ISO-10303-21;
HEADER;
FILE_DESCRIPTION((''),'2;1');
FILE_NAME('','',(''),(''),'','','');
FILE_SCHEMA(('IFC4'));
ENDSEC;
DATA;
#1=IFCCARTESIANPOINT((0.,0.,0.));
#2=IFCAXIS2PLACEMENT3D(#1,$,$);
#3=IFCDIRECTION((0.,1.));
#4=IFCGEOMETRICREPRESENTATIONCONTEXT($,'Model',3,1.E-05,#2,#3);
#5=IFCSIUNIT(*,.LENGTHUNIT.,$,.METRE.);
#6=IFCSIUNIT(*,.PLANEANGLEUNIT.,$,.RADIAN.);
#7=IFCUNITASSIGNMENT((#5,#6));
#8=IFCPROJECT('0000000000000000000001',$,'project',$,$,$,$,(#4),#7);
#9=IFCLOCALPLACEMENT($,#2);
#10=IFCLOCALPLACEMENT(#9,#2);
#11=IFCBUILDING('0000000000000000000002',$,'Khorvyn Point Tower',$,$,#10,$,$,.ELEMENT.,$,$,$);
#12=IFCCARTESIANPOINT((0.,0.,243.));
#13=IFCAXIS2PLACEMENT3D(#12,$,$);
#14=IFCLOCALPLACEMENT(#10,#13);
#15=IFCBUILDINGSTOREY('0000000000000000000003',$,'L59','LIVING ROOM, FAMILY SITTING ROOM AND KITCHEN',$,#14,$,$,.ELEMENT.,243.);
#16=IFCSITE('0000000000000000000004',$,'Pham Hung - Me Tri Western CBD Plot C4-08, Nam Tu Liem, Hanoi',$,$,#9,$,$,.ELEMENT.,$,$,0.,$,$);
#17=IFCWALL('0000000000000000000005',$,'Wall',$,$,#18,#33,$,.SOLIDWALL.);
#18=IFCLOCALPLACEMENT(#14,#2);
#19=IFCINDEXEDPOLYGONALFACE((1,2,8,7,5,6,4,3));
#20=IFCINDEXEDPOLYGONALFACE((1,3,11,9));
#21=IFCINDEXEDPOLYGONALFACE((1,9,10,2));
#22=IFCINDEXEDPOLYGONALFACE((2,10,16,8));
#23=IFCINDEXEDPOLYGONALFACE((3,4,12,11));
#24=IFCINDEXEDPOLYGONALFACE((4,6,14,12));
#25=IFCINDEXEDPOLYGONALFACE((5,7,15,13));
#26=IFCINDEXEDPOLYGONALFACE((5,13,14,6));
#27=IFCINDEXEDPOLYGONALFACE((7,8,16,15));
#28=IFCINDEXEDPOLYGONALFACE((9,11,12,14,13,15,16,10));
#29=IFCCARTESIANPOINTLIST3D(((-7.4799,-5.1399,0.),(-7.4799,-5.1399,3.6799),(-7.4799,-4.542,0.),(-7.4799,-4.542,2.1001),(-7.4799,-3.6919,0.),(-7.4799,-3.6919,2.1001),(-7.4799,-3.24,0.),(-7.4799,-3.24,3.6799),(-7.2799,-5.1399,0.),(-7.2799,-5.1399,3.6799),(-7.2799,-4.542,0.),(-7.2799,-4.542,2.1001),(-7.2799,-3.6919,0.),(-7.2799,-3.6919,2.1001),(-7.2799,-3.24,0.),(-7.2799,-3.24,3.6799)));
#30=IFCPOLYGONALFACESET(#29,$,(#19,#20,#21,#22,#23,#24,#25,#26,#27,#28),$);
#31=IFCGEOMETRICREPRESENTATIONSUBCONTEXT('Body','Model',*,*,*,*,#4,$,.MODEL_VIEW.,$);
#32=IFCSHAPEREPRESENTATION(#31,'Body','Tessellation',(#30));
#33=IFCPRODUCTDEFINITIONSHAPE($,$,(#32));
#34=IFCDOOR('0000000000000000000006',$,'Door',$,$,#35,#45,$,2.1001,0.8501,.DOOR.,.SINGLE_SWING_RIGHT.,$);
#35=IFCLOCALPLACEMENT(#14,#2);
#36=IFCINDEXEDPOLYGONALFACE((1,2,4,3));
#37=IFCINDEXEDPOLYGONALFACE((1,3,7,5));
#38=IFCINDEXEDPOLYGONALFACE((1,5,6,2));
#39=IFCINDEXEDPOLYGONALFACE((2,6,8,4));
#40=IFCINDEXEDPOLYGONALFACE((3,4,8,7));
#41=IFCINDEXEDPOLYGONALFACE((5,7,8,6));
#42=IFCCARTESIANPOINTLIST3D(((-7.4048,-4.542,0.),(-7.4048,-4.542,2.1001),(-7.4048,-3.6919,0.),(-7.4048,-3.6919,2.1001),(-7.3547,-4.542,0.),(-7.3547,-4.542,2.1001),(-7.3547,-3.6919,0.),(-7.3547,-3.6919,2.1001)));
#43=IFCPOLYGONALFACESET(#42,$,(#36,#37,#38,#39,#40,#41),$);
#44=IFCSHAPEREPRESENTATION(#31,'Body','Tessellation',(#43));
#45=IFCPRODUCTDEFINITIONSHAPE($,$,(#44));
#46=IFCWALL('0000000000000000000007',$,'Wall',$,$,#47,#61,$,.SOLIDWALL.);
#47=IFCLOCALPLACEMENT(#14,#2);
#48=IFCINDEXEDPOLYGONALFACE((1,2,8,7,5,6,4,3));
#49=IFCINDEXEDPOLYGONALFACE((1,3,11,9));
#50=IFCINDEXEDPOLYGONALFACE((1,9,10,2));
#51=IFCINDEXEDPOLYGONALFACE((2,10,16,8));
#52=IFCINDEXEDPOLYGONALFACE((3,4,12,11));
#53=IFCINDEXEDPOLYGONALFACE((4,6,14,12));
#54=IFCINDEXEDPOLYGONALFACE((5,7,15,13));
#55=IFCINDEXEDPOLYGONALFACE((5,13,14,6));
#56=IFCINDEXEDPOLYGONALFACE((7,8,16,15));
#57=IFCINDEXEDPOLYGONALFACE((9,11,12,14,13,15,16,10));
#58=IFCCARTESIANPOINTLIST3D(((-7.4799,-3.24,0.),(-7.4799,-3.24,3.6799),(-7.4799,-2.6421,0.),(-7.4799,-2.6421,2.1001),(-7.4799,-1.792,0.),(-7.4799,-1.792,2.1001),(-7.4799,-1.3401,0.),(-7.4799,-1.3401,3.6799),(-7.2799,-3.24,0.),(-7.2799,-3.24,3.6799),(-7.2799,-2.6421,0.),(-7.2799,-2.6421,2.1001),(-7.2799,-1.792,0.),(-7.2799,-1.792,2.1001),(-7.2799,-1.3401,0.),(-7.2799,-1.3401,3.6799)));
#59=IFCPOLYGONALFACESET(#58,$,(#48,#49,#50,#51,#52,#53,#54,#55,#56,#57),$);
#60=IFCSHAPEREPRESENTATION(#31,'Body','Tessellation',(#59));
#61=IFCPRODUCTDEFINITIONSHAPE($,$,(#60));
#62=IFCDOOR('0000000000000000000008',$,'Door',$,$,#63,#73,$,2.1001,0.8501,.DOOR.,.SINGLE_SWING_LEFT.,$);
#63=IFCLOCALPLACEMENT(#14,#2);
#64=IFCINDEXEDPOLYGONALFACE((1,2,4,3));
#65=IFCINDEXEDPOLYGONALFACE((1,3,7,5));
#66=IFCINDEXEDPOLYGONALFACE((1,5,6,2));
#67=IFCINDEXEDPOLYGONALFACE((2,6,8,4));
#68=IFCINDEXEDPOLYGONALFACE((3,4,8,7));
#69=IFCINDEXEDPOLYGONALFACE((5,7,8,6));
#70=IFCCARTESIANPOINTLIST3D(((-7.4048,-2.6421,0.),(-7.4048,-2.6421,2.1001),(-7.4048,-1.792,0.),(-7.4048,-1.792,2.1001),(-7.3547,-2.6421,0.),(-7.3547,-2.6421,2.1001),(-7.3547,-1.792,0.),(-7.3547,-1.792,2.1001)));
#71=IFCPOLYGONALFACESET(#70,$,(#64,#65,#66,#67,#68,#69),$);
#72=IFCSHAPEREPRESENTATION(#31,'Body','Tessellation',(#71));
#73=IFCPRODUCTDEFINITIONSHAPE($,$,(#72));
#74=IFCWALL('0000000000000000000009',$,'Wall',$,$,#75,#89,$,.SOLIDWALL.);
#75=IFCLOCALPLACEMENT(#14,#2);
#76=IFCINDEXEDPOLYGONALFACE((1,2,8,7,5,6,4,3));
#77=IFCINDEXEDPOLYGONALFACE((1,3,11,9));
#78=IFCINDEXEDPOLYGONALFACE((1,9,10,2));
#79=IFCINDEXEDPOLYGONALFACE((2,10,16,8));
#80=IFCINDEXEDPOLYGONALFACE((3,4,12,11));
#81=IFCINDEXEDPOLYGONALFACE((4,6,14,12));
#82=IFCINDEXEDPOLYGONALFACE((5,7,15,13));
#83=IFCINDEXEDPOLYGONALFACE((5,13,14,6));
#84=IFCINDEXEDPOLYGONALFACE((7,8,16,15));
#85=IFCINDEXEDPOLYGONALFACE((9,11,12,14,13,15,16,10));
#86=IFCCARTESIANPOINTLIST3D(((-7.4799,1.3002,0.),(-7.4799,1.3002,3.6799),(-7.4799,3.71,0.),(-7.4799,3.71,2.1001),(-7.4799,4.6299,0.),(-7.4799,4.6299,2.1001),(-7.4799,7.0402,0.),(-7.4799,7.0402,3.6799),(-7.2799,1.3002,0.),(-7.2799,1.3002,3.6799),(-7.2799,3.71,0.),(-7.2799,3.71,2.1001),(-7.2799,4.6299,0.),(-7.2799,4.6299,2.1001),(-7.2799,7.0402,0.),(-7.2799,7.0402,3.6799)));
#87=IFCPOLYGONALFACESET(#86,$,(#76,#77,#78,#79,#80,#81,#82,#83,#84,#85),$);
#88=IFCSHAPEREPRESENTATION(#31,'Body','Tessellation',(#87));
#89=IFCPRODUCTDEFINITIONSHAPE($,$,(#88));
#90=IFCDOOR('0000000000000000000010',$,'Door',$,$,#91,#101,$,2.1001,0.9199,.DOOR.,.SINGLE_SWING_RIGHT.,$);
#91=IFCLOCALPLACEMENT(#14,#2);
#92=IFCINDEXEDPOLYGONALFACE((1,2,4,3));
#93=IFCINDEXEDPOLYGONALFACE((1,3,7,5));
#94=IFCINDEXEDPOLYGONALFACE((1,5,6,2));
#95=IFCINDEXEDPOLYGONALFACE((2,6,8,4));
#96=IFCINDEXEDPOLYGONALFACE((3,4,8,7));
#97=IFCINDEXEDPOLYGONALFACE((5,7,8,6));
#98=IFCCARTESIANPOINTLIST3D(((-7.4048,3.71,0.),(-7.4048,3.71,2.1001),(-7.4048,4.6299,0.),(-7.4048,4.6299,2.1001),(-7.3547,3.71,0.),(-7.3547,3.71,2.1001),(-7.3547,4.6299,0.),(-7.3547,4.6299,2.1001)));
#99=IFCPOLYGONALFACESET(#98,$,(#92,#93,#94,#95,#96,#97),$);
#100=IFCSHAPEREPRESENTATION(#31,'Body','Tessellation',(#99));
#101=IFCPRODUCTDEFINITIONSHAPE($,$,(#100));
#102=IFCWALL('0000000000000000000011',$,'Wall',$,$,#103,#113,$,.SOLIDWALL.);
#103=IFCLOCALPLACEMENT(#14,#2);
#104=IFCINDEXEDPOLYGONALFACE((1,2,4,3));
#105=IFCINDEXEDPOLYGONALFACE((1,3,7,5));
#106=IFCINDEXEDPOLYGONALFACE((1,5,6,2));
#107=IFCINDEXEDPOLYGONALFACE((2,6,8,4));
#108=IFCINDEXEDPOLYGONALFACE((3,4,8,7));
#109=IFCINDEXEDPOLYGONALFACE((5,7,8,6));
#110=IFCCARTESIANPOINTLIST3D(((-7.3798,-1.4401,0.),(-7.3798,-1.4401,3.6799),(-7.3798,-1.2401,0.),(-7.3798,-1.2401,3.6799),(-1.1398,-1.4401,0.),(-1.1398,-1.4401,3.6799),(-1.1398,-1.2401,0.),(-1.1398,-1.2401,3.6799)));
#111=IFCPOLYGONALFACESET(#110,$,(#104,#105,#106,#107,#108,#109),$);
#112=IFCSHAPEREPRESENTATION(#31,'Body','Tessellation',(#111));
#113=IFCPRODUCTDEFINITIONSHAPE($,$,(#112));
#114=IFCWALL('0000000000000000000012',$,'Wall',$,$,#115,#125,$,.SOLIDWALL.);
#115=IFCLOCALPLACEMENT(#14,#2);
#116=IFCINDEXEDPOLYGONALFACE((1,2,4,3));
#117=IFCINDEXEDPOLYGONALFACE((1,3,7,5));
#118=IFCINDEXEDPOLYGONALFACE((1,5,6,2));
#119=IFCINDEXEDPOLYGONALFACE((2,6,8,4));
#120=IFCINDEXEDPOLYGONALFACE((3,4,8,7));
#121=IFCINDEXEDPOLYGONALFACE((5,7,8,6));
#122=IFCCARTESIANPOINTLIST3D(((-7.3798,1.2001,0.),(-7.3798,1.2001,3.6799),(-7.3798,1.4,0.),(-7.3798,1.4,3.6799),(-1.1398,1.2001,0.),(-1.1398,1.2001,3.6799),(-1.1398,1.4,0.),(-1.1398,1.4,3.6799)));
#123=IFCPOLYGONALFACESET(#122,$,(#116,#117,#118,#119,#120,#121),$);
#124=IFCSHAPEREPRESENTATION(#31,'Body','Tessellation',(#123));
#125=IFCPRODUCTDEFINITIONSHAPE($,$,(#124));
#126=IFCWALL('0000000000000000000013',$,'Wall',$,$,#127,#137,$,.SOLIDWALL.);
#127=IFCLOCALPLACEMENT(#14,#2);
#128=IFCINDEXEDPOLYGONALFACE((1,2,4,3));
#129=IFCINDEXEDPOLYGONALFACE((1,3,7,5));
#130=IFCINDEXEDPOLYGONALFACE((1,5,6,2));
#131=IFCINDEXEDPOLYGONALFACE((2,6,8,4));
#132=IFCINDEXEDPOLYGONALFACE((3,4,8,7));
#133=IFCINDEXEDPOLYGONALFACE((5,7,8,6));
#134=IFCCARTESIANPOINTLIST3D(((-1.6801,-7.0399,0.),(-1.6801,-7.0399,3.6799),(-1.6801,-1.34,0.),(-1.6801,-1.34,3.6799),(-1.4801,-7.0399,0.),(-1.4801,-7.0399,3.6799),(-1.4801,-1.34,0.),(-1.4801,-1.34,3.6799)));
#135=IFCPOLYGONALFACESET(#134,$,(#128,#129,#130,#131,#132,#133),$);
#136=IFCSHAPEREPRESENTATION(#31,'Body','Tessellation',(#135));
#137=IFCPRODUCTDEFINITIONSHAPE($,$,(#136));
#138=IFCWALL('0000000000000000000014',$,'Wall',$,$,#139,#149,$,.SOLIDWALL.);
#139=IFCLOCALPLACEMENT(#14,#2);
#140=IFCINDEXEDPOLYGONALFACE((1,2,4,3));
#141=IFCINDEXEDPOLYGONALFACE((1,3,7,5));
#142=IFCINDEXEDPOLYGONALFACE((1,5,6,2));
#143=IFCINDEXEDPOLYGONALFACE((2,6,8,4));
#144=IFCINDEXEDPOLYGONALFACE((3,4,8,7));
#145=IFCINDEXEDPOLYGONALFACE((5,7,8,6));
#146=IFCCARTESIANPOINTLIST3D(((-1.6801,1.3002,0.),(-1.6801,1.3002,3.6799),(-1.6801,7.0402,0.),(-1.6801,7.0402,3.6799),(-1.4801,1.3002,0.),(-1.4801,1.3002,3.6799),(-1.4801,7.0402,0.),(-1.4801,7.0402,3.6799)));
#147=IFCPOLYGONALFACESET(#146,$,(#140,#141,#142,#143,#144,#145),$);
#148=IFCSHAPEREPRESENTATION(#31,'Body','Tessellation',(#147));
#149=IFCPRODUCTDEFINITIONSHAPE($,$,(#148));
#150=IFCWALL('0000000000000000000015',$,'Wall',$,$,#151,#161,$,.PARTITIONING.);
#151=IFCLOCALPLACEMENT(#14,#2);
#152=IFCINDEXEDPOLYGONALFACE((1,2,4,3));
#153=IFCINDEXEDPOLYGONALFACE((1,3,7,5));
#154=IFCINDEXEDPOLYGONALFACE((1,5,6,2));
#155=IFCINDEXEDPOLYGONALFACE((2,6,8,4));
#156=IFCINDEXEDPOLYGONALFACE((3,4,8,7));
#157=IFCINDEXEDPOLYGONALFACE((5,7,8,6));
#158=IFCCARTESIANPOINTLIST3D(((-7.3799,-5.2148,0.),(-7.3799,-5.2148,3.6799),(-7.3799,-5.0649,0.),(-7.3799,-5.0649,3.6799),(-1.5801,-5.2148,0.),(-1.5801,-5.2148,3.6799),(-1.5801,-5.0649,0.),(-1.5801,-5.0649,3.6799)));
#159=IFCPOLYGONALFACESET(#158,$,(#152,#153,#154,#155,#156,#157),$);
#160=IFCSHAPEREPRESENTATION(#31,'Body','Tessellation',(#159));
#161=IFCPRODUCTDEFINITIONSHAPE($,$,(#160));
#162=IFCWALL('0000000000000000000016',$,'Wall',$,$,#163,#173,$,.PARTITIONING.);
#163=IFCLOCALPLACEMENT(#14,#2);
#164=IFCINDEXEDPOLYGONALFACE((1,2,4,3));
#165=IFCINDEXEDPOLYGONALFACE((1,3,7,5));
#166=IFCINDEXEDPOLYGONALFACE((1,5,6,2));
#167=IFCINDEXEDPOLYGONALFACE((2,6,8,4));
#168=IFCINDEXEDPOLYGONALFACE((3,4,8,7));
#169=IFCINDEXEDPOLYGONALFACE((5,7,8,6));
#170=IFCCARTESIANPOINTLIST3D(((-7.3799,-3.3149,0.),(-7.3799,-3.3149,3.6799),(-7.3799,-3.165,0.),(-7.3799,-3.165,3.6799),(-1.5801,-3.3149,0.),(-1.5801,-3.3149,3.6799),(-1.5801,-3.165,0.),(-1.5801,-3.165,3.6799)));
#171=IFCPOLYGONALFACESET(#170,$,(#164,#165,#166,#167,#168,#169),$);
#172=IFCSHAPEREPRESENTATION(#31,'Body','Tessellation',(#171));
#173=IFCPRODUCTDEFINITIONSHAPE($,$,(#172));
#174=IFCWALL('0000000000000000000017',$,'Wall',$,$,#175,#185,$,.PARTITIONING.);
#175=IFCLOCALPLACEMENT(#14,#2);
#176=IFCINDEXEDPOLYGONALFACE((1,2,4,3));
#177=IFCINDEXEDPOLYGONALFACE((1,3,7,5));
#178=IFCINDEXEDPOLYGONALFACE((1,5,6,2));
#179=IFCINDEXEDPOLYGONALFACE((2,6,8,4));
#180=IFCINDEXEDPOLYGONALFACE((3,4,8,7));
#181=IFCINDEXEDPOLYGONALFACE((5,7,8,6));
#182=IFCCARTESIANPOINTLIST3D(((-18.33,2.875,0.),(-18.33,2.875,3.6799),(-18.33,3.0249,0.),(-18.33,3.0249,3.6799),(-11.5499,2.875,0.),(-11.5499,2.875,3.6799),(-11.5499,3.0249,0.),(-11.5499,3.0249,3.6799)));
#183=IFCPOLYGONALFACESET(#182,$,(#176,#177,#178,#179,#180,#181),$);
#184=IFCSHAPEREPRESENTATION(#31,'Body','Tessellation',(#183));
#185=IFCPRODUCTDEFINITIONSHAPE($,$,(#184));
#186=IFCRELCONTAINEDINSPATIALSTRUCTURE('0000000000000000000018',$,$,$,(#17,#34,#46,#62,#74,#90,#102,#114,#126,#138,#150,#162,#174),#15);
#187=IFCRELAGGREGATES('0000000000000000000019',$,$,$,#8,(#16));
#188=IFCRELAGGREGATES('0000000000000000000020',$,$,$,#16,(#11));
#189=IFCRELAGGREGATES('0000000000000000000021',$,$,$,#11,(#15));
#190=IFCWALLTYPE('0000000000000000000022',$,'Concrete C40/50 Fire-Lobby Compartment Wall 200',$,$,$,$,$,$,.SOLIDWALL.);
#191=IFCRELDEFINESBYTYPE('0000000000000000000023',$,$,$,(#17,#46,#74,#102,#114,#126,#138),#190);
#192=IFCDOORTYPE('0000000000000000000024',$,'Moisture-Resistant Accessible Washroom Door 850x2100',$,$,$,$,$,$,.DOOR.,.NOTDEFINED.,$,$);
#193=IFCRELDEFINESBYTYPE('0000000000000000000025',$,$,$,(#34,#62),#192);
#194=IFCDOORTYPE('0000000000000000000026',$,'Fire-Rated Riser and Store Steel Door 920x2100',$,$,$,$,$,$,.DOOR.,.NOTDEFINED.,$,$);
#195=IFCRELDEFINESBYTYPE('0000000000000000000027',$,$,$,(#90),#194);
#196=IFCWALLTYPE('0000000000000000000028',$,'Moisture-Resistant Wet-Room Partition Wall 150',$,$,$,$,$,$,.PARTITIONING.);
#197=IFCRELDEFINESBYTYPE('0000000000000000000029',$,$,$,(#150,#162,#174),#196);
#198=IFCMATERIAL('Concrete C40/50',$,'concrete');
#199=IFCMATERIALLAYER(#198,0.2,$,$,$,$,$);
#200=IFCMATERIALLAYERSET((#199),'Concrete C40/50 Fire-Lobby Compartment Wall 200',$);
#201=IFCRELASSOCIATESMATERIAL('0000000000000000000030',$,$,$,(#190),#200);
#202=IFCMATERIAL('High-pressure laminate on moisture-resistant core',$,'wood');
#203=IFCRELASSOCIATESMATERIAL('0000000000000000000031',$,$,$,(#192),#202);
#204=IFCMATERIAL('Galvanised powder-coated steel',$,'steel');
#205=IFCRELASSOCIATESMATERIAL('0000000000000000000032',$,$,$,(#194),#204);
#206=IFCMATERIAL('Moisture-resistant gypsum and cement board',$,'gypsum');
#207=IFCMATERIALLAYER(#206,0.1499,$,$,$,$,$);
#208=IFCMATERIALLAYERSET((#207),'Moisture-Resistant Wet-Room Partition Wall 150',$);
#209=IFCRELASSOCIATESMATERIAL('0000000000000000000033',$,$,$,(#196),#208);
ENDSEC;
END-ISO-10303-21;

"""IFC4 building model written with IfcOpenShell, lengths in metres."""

from ifc_helpers import new_model, si_unit, direction, frame, frame_2d, origin, place, context, subcontext, project, spatial, rectangle, extrude, material, layer, layer_set, type_object, element, fill, save


model = new_model("IFC4")

# Units and contexts
model_context = context("Model", 3, precision=1e-05, world=origin(), true_north=direction((0.0, 1.0)))
body_context = subcontext(model_context, "Body", "Model", "MODEL_VIEW")
ifc_project = project(units=[si_unit("LENGTHUNIT", "METRE"), si_unit("PLANEANGLEUNIT", "RADIAN")], contexts=[model_context])

# Site, building, storey
site_placement = place(None, origin())
site = spatial("IfcSite", under=ifc_project, at=site_placement, Name="Pham Hung - Me Tri Western CBD Plot C4-08, Nam Tu Liem, Hanoi", CompositionType="ELEMENT", RefElevation=0.0)
building_placement = place(site_placement, origin())
building = spatial("IfcBuilding", under=site, at=building_placement, Name="Khorvyn Point Tower", CompositionType="ELEMENT")
storey_placement = place(building_placement, frame((0.0, 0.0, 243.0)))
storey = spatial("IfcBuildingStorey", under=building, at=storey_placement, Name="L59", Description="LIVING ROOM, FAMILY SITTING ROOM AND KITCHEN", CompositionType="ELEMENT", Elevation=243.0)

# Shared definitions
ifc_material_1 = material(Name="Concrete C40/50", Category="concrete")

# Walls, openings, doors
ifc_layer_1 = layer(ifc_material_1, 0.2)
ifc_layer_set_1 = layer_set([ifc_layer_1], Name="Concrete C40/50 Fire-Lobby Compartment Wall 200")
wall_type_1 = type_object("IfcWallType", Name="Concrete C40/50 Fire-Lobby Compartment Wall 200", PredefinedType="SOLIDWALL", material=ifc_layer_set_1)
wall_1_placement = place(storey_placement, frame((-7.3799, -5.1399, 0.0), z_axis=(0.0, 0.0, 1.0), x_axis=(0.0, 1.0, 0.0)))
wall_1 = element("IfcWall", 1, at=wall_1_placement, inside=storey, type_object=wall_type_1, Name="Wall", PredefinedType="SOLIDWALL", context=body_context, shape_type="SweptSolid", body=[
    extrude(rectangle(XDim=1.8999, YDim=0.2, at=frame_2d((0.95, 0.0))), origin(), (0.0, 0.0, 1.0), 3.6799),
])
opening_1_placement = place(wall_1_placement, frame((0.5979, 0.0, 0.0)))
opening_1 = element("IfcOpeningElement", 2, at=opening_1_placement, cuts=wall_1, PredefinedType="OPENING", context=body_context, shape_type="SweptSolid", body=[
    extrude(rectangle(XDim=0.8501, YDim=2.1001, at=frame_2d((0.425, 1.05))), frame((0.0, 0.1099, 0.0), z_axis=(0.0, -1.0, 0.0), x_axis=(1.0, 0.0, 0.0)), (0.0, 0.0, 1.0), 0.22),
])
ifc_material_2 = material(Name="High-pressure laminate on moisture-resistant core", Category="wood")
door_type_1 = type_object("IfcDoorType", Name="Moisture-Resistant Accessible Washroom Door 850x2100", OperationType="NOTDEFINED", PredefinedType="DOOR", material=ifc_material_2)
door_1_placement = place(opening_1_placement, origin())
door_1 = element("IfcDoor", 3, at=door_1_placement, inside=storey, type_object=door_type_1, Name="Door", OperationType="SINGLE_SWING_RIGHT", OverallHeight=2.1001, OverallWidth=0.8501, PredefinedType="DOOR", context=body_context, shape_type="SweptSolid", body=[
    extrude(rectangle(XDim=0.8501, YDim=2.1001, at=frame_2d((0.425, 1.05))), frame((0.0, 0.0249, 0.0), z_axis=(0.0, -1.0, 0.0), x_axis=(1.0, 0.0, 0.0)), (0.0, 0.0, 1.0), 0.05),
])
fill(opening_1, door_1)
wall_2_placement = place(storey_placement, frame((-7.3799, -3.24, 0.0), z_axis=(0.0, 0.0, 1.0), x_axis=(0.0, 1.0, 0.0)))
wall_2 = element("IfcWall", 4, at=wall_2_placement, inside=storey, type_object=wall_type_1, Name="Wall", PredefinedType="SOLIDWALL", context=body_context, shape_type="SweptSolid", body=[
    extrude(rectangle(XDim=1.8999, YDim=0.2, at=frame_2d((0.95, 0.0))), origin(), (0.0, 0.0, 1.0), 3.6799),
])
opening_2_placement = place(wall_2_placement, frame((0.5979, 0.0, 0.0)))
opening_2 = element("IfcOpeningElement", 5, at=opening_2_placement, cuts=wall_2, PredefinedType="OPENING", context=body_context, shape_type="SweptSolid", body=[
    extrude(rectangle(XDim=0.8501, YDim=2.1001, at=frame_2d((0.425, 1.05))), frame((0.0, 0.1099, 0.0), z_axis=(0.0, -1.0, 0.0), x_axis=(1.0, 0.0, 0.0)), (0.0, 0.0, 1.0), 0.22),
])
door_2_placement = place(opening_2_placement, origin())
door_2 = element("IfcDoor", 6, at=door_2_placement, inside=storey, type_object=door_type_1, Name="Door", OperationType="SINGLE_SWING_LEFT", OverallHeight=2.1001, OverallWidth=0.8501, PredefinedType="DOOR", context=body_context, shape_type="SweptSolid", body=[
    extrude(rectangle(XDim=0.8501, YDim=2.1001, at=frame_2d((0.425, 1.05))), frame((0.0, 0.0249, 0.0), z_axis=(0.0, -1.0, 0.0), x_axis=(1.0, 0.0, 0.0)), (0.0, 0.0, 1.0), 0.05),
])
fill(opening_2, door_2)
wall_3_placement = place(storey_placement, frame((-7.3799, 1.3, 0.0), z_axis=(0.0, 0.0, 1.0), x_axis=(0.0, 1.0, 0.0)))
wall_3 = element("IfcWall", 7, at=wall_3_placement, inside=storey, type_object=wall_type_1, Name="Wall", PredefinedType="SOLIDWALL", context=body_context, shape_type="SweptSolid", body=[
    extrude(rectangle(XDim=5.74, YDim=0.2, at=frame_2d((2.8701, 0.0))), origin(), (0.0, 0.0, 1.0), 3.6799),
])
opening_3_placement = place(wall_3_placement, frame((2.4099, 0.0, 0.0)))
opening_3 = element("IfcOpeningElement", 8, at=opening_3_placement, cuts=wall_3, PredefinedType="OPENING", context=body_context, shape_type="SweptSolid", body=[
    extrude(rectangle(XDim=0.9199, YDim=2.1001, at=frame_2d((0.46, 1.05))), frame((0.0, 0.1099, 0.0), z_axis=(0.0, -1.0, 0.0), x_axis=(1.0, 0.0, 0.0)), (0.0, 0.0, 1.0), 0.22),
])
ifc_material_3 = material(Name="Galvanised powder-coated steel", Category="steel")
door_type_2 = type_object("IfcDoorType", Name="Fire-Rated Riser and Store Steel Door 920x2100", OperationType="NOTDEFINED", PredefinedType="DOOR", material=ifc_material_3)
door_3_placement = place(opening_3_placement, origin())
door_3 = element("IfcDoor", 9, at=door_3_placement, inside=storey, type_object=door_type_2, Name="Door", OperationType="SINGLE_SWING_RIGHT", OverallHeight=2.1001, OverallWidth=0.9199, PredefinedType="DOOR", context=body_context, shape_type="SweptSolid", body=[
    extrude(rectangle(XDim=0.9199, YDim=2.1001, at=frame_2d((0.46, 1.05))), frame((0.0, 0.0249, 0.0), z_axis=(0.0, -1.0, 0.0), x_axis=(1.0, 0.0, 0.0)), (0.0, 0.0, 1.0), 0.05),
])
fill(opening_3, door_3)

# Walls
for number, where, z_axis, x_axis, name in (
    (10, (-7.3799, -1.3401, 0.0), (0.0, 0.0, 1.0), (1.0, 0.0, 0.0), "Wall"),
    (11, (-7.3799, 1.3, 0.0), (0.0, 0.0, 1.0), (1.0, 0.0, 0.0), "Wall"),
):
    element("IfcWall", number, at=place(storey_placement, frame(where, z_axis=z_axis, x_axis=x_axis)), inside=storey, type_object=wall_type_1, Name=name, PredefinedType="SOLIDWALL", context=body_context, shape_type="SweptSolid", body=[
        extrude(rectangle(XDim=6.24, YDim=0.2, at=frame_2d((3.1201, 0.0))), origin(), (0.0, 0.0, 1.0), 3.6799),
    ])
wall_4_placement = place(storey_placement, frame((-1.5801, -7.04, 0.0), z_axis=(0.0, 0.0, 1.0), x_axis=(0.0, 1.0, 0.0)))
element("IfcWall", 12, at=wall_4_placement, inside=storey, type_object=wall_type_1, Name="Wall", PredefinedType="SOLIDWALL", context=body_context, shape_type="SweptSolid", body=[
    extrude(rectangle(XDim=5.7, YDim=0.2, at=frame_2d((2.8501, 0.0))), origin(), (0.0, 0.0, 1.0), 3.6799),
])
wall_5_placement = place(storey_placement, frame((-1.5801, 1.3, 0.0), z_axis=(0.0, 0.0, 1.0), x_axis=(0.0, 1.0, 0.0)))
element("IfcWall", 13, at=wall_5_placement, inside=storey, type_object=wall_type_1, Name="Wall", PredefinedType="SOLIDWALL", context=body_context, shape_type="SweptSolid", body=[
    extrude(rectangle(XDim=5.74, YDim=0.2, at=frame_2d((2.8701, 0.0))), origin(), (0.0, 0.0, 1.0), 3.6799),
])
ifc_material_4 = material(Name="Moisture-resistant gypsum and cement board", Category="gypsum")
ifc_layer_2 = layer(ifc_material_4, 0.1499)
ifc_layer_set_2 = layer_set([ifc_layer_2], Name="Moisture-Resistant Wet-Room Partition Wall 150")
wall_type_2 = type_object("IfcWallType", Name="Moisture-Resistant Wet-Room Partition Wall 150", PredefinedType="PARTITIONING", material=ifc_layer_set_2)
for number, where, z_axis, x_axis, name in (
    (14, (-7.3799, -5.1399, 0.0), (0.0, 0.0, 1.0), (1.0, 0.0, 0.0), "Wall"),
    (15, (-7.3799, -3.24, 0.0), (0.0, 0.0, 1.0), (1.0, 0.0, 0.0), "Wall"),
):
    element("IfcWall", number, at=place(storey_placement, frame(where, z_axis=z_axis, x_axis=x_axis)), inside=storey, type_object=wall_type_2, Name=name, PredefinedType="PARTITIONING", context=body_context, shape_type="SweptSolid", body=[
        extrude(rectangle(XDim=5.7998, YDim=0.1499, at=frame_2d((2.8999, 0.0))), origin(), (0.0, 0.0, 1.0), 3.6799),
    ])
wall_6_placement = place(storey_placement, frame((-18.3301, 2.95, 0.0), z_axis=(0.0, 0.0, 1.0), x_axis=(1.0, 0.0, 0.0)))
element("IfcWall", 16, at=wall_6_placement, inside=storey, type_object=wall_type_2, Name="Wall", PredefinedType="PARTITIONING", context=body_context, shape_type="SweptSolid", body=[
    extrude(rectangle(XDim=6.78, YDim=0.1499, at=frame_2d((3.3901, 0.0))), origin(), (0.0, 0.0, 1.0), 3.6799),
])

save(model, "model.ifc")
